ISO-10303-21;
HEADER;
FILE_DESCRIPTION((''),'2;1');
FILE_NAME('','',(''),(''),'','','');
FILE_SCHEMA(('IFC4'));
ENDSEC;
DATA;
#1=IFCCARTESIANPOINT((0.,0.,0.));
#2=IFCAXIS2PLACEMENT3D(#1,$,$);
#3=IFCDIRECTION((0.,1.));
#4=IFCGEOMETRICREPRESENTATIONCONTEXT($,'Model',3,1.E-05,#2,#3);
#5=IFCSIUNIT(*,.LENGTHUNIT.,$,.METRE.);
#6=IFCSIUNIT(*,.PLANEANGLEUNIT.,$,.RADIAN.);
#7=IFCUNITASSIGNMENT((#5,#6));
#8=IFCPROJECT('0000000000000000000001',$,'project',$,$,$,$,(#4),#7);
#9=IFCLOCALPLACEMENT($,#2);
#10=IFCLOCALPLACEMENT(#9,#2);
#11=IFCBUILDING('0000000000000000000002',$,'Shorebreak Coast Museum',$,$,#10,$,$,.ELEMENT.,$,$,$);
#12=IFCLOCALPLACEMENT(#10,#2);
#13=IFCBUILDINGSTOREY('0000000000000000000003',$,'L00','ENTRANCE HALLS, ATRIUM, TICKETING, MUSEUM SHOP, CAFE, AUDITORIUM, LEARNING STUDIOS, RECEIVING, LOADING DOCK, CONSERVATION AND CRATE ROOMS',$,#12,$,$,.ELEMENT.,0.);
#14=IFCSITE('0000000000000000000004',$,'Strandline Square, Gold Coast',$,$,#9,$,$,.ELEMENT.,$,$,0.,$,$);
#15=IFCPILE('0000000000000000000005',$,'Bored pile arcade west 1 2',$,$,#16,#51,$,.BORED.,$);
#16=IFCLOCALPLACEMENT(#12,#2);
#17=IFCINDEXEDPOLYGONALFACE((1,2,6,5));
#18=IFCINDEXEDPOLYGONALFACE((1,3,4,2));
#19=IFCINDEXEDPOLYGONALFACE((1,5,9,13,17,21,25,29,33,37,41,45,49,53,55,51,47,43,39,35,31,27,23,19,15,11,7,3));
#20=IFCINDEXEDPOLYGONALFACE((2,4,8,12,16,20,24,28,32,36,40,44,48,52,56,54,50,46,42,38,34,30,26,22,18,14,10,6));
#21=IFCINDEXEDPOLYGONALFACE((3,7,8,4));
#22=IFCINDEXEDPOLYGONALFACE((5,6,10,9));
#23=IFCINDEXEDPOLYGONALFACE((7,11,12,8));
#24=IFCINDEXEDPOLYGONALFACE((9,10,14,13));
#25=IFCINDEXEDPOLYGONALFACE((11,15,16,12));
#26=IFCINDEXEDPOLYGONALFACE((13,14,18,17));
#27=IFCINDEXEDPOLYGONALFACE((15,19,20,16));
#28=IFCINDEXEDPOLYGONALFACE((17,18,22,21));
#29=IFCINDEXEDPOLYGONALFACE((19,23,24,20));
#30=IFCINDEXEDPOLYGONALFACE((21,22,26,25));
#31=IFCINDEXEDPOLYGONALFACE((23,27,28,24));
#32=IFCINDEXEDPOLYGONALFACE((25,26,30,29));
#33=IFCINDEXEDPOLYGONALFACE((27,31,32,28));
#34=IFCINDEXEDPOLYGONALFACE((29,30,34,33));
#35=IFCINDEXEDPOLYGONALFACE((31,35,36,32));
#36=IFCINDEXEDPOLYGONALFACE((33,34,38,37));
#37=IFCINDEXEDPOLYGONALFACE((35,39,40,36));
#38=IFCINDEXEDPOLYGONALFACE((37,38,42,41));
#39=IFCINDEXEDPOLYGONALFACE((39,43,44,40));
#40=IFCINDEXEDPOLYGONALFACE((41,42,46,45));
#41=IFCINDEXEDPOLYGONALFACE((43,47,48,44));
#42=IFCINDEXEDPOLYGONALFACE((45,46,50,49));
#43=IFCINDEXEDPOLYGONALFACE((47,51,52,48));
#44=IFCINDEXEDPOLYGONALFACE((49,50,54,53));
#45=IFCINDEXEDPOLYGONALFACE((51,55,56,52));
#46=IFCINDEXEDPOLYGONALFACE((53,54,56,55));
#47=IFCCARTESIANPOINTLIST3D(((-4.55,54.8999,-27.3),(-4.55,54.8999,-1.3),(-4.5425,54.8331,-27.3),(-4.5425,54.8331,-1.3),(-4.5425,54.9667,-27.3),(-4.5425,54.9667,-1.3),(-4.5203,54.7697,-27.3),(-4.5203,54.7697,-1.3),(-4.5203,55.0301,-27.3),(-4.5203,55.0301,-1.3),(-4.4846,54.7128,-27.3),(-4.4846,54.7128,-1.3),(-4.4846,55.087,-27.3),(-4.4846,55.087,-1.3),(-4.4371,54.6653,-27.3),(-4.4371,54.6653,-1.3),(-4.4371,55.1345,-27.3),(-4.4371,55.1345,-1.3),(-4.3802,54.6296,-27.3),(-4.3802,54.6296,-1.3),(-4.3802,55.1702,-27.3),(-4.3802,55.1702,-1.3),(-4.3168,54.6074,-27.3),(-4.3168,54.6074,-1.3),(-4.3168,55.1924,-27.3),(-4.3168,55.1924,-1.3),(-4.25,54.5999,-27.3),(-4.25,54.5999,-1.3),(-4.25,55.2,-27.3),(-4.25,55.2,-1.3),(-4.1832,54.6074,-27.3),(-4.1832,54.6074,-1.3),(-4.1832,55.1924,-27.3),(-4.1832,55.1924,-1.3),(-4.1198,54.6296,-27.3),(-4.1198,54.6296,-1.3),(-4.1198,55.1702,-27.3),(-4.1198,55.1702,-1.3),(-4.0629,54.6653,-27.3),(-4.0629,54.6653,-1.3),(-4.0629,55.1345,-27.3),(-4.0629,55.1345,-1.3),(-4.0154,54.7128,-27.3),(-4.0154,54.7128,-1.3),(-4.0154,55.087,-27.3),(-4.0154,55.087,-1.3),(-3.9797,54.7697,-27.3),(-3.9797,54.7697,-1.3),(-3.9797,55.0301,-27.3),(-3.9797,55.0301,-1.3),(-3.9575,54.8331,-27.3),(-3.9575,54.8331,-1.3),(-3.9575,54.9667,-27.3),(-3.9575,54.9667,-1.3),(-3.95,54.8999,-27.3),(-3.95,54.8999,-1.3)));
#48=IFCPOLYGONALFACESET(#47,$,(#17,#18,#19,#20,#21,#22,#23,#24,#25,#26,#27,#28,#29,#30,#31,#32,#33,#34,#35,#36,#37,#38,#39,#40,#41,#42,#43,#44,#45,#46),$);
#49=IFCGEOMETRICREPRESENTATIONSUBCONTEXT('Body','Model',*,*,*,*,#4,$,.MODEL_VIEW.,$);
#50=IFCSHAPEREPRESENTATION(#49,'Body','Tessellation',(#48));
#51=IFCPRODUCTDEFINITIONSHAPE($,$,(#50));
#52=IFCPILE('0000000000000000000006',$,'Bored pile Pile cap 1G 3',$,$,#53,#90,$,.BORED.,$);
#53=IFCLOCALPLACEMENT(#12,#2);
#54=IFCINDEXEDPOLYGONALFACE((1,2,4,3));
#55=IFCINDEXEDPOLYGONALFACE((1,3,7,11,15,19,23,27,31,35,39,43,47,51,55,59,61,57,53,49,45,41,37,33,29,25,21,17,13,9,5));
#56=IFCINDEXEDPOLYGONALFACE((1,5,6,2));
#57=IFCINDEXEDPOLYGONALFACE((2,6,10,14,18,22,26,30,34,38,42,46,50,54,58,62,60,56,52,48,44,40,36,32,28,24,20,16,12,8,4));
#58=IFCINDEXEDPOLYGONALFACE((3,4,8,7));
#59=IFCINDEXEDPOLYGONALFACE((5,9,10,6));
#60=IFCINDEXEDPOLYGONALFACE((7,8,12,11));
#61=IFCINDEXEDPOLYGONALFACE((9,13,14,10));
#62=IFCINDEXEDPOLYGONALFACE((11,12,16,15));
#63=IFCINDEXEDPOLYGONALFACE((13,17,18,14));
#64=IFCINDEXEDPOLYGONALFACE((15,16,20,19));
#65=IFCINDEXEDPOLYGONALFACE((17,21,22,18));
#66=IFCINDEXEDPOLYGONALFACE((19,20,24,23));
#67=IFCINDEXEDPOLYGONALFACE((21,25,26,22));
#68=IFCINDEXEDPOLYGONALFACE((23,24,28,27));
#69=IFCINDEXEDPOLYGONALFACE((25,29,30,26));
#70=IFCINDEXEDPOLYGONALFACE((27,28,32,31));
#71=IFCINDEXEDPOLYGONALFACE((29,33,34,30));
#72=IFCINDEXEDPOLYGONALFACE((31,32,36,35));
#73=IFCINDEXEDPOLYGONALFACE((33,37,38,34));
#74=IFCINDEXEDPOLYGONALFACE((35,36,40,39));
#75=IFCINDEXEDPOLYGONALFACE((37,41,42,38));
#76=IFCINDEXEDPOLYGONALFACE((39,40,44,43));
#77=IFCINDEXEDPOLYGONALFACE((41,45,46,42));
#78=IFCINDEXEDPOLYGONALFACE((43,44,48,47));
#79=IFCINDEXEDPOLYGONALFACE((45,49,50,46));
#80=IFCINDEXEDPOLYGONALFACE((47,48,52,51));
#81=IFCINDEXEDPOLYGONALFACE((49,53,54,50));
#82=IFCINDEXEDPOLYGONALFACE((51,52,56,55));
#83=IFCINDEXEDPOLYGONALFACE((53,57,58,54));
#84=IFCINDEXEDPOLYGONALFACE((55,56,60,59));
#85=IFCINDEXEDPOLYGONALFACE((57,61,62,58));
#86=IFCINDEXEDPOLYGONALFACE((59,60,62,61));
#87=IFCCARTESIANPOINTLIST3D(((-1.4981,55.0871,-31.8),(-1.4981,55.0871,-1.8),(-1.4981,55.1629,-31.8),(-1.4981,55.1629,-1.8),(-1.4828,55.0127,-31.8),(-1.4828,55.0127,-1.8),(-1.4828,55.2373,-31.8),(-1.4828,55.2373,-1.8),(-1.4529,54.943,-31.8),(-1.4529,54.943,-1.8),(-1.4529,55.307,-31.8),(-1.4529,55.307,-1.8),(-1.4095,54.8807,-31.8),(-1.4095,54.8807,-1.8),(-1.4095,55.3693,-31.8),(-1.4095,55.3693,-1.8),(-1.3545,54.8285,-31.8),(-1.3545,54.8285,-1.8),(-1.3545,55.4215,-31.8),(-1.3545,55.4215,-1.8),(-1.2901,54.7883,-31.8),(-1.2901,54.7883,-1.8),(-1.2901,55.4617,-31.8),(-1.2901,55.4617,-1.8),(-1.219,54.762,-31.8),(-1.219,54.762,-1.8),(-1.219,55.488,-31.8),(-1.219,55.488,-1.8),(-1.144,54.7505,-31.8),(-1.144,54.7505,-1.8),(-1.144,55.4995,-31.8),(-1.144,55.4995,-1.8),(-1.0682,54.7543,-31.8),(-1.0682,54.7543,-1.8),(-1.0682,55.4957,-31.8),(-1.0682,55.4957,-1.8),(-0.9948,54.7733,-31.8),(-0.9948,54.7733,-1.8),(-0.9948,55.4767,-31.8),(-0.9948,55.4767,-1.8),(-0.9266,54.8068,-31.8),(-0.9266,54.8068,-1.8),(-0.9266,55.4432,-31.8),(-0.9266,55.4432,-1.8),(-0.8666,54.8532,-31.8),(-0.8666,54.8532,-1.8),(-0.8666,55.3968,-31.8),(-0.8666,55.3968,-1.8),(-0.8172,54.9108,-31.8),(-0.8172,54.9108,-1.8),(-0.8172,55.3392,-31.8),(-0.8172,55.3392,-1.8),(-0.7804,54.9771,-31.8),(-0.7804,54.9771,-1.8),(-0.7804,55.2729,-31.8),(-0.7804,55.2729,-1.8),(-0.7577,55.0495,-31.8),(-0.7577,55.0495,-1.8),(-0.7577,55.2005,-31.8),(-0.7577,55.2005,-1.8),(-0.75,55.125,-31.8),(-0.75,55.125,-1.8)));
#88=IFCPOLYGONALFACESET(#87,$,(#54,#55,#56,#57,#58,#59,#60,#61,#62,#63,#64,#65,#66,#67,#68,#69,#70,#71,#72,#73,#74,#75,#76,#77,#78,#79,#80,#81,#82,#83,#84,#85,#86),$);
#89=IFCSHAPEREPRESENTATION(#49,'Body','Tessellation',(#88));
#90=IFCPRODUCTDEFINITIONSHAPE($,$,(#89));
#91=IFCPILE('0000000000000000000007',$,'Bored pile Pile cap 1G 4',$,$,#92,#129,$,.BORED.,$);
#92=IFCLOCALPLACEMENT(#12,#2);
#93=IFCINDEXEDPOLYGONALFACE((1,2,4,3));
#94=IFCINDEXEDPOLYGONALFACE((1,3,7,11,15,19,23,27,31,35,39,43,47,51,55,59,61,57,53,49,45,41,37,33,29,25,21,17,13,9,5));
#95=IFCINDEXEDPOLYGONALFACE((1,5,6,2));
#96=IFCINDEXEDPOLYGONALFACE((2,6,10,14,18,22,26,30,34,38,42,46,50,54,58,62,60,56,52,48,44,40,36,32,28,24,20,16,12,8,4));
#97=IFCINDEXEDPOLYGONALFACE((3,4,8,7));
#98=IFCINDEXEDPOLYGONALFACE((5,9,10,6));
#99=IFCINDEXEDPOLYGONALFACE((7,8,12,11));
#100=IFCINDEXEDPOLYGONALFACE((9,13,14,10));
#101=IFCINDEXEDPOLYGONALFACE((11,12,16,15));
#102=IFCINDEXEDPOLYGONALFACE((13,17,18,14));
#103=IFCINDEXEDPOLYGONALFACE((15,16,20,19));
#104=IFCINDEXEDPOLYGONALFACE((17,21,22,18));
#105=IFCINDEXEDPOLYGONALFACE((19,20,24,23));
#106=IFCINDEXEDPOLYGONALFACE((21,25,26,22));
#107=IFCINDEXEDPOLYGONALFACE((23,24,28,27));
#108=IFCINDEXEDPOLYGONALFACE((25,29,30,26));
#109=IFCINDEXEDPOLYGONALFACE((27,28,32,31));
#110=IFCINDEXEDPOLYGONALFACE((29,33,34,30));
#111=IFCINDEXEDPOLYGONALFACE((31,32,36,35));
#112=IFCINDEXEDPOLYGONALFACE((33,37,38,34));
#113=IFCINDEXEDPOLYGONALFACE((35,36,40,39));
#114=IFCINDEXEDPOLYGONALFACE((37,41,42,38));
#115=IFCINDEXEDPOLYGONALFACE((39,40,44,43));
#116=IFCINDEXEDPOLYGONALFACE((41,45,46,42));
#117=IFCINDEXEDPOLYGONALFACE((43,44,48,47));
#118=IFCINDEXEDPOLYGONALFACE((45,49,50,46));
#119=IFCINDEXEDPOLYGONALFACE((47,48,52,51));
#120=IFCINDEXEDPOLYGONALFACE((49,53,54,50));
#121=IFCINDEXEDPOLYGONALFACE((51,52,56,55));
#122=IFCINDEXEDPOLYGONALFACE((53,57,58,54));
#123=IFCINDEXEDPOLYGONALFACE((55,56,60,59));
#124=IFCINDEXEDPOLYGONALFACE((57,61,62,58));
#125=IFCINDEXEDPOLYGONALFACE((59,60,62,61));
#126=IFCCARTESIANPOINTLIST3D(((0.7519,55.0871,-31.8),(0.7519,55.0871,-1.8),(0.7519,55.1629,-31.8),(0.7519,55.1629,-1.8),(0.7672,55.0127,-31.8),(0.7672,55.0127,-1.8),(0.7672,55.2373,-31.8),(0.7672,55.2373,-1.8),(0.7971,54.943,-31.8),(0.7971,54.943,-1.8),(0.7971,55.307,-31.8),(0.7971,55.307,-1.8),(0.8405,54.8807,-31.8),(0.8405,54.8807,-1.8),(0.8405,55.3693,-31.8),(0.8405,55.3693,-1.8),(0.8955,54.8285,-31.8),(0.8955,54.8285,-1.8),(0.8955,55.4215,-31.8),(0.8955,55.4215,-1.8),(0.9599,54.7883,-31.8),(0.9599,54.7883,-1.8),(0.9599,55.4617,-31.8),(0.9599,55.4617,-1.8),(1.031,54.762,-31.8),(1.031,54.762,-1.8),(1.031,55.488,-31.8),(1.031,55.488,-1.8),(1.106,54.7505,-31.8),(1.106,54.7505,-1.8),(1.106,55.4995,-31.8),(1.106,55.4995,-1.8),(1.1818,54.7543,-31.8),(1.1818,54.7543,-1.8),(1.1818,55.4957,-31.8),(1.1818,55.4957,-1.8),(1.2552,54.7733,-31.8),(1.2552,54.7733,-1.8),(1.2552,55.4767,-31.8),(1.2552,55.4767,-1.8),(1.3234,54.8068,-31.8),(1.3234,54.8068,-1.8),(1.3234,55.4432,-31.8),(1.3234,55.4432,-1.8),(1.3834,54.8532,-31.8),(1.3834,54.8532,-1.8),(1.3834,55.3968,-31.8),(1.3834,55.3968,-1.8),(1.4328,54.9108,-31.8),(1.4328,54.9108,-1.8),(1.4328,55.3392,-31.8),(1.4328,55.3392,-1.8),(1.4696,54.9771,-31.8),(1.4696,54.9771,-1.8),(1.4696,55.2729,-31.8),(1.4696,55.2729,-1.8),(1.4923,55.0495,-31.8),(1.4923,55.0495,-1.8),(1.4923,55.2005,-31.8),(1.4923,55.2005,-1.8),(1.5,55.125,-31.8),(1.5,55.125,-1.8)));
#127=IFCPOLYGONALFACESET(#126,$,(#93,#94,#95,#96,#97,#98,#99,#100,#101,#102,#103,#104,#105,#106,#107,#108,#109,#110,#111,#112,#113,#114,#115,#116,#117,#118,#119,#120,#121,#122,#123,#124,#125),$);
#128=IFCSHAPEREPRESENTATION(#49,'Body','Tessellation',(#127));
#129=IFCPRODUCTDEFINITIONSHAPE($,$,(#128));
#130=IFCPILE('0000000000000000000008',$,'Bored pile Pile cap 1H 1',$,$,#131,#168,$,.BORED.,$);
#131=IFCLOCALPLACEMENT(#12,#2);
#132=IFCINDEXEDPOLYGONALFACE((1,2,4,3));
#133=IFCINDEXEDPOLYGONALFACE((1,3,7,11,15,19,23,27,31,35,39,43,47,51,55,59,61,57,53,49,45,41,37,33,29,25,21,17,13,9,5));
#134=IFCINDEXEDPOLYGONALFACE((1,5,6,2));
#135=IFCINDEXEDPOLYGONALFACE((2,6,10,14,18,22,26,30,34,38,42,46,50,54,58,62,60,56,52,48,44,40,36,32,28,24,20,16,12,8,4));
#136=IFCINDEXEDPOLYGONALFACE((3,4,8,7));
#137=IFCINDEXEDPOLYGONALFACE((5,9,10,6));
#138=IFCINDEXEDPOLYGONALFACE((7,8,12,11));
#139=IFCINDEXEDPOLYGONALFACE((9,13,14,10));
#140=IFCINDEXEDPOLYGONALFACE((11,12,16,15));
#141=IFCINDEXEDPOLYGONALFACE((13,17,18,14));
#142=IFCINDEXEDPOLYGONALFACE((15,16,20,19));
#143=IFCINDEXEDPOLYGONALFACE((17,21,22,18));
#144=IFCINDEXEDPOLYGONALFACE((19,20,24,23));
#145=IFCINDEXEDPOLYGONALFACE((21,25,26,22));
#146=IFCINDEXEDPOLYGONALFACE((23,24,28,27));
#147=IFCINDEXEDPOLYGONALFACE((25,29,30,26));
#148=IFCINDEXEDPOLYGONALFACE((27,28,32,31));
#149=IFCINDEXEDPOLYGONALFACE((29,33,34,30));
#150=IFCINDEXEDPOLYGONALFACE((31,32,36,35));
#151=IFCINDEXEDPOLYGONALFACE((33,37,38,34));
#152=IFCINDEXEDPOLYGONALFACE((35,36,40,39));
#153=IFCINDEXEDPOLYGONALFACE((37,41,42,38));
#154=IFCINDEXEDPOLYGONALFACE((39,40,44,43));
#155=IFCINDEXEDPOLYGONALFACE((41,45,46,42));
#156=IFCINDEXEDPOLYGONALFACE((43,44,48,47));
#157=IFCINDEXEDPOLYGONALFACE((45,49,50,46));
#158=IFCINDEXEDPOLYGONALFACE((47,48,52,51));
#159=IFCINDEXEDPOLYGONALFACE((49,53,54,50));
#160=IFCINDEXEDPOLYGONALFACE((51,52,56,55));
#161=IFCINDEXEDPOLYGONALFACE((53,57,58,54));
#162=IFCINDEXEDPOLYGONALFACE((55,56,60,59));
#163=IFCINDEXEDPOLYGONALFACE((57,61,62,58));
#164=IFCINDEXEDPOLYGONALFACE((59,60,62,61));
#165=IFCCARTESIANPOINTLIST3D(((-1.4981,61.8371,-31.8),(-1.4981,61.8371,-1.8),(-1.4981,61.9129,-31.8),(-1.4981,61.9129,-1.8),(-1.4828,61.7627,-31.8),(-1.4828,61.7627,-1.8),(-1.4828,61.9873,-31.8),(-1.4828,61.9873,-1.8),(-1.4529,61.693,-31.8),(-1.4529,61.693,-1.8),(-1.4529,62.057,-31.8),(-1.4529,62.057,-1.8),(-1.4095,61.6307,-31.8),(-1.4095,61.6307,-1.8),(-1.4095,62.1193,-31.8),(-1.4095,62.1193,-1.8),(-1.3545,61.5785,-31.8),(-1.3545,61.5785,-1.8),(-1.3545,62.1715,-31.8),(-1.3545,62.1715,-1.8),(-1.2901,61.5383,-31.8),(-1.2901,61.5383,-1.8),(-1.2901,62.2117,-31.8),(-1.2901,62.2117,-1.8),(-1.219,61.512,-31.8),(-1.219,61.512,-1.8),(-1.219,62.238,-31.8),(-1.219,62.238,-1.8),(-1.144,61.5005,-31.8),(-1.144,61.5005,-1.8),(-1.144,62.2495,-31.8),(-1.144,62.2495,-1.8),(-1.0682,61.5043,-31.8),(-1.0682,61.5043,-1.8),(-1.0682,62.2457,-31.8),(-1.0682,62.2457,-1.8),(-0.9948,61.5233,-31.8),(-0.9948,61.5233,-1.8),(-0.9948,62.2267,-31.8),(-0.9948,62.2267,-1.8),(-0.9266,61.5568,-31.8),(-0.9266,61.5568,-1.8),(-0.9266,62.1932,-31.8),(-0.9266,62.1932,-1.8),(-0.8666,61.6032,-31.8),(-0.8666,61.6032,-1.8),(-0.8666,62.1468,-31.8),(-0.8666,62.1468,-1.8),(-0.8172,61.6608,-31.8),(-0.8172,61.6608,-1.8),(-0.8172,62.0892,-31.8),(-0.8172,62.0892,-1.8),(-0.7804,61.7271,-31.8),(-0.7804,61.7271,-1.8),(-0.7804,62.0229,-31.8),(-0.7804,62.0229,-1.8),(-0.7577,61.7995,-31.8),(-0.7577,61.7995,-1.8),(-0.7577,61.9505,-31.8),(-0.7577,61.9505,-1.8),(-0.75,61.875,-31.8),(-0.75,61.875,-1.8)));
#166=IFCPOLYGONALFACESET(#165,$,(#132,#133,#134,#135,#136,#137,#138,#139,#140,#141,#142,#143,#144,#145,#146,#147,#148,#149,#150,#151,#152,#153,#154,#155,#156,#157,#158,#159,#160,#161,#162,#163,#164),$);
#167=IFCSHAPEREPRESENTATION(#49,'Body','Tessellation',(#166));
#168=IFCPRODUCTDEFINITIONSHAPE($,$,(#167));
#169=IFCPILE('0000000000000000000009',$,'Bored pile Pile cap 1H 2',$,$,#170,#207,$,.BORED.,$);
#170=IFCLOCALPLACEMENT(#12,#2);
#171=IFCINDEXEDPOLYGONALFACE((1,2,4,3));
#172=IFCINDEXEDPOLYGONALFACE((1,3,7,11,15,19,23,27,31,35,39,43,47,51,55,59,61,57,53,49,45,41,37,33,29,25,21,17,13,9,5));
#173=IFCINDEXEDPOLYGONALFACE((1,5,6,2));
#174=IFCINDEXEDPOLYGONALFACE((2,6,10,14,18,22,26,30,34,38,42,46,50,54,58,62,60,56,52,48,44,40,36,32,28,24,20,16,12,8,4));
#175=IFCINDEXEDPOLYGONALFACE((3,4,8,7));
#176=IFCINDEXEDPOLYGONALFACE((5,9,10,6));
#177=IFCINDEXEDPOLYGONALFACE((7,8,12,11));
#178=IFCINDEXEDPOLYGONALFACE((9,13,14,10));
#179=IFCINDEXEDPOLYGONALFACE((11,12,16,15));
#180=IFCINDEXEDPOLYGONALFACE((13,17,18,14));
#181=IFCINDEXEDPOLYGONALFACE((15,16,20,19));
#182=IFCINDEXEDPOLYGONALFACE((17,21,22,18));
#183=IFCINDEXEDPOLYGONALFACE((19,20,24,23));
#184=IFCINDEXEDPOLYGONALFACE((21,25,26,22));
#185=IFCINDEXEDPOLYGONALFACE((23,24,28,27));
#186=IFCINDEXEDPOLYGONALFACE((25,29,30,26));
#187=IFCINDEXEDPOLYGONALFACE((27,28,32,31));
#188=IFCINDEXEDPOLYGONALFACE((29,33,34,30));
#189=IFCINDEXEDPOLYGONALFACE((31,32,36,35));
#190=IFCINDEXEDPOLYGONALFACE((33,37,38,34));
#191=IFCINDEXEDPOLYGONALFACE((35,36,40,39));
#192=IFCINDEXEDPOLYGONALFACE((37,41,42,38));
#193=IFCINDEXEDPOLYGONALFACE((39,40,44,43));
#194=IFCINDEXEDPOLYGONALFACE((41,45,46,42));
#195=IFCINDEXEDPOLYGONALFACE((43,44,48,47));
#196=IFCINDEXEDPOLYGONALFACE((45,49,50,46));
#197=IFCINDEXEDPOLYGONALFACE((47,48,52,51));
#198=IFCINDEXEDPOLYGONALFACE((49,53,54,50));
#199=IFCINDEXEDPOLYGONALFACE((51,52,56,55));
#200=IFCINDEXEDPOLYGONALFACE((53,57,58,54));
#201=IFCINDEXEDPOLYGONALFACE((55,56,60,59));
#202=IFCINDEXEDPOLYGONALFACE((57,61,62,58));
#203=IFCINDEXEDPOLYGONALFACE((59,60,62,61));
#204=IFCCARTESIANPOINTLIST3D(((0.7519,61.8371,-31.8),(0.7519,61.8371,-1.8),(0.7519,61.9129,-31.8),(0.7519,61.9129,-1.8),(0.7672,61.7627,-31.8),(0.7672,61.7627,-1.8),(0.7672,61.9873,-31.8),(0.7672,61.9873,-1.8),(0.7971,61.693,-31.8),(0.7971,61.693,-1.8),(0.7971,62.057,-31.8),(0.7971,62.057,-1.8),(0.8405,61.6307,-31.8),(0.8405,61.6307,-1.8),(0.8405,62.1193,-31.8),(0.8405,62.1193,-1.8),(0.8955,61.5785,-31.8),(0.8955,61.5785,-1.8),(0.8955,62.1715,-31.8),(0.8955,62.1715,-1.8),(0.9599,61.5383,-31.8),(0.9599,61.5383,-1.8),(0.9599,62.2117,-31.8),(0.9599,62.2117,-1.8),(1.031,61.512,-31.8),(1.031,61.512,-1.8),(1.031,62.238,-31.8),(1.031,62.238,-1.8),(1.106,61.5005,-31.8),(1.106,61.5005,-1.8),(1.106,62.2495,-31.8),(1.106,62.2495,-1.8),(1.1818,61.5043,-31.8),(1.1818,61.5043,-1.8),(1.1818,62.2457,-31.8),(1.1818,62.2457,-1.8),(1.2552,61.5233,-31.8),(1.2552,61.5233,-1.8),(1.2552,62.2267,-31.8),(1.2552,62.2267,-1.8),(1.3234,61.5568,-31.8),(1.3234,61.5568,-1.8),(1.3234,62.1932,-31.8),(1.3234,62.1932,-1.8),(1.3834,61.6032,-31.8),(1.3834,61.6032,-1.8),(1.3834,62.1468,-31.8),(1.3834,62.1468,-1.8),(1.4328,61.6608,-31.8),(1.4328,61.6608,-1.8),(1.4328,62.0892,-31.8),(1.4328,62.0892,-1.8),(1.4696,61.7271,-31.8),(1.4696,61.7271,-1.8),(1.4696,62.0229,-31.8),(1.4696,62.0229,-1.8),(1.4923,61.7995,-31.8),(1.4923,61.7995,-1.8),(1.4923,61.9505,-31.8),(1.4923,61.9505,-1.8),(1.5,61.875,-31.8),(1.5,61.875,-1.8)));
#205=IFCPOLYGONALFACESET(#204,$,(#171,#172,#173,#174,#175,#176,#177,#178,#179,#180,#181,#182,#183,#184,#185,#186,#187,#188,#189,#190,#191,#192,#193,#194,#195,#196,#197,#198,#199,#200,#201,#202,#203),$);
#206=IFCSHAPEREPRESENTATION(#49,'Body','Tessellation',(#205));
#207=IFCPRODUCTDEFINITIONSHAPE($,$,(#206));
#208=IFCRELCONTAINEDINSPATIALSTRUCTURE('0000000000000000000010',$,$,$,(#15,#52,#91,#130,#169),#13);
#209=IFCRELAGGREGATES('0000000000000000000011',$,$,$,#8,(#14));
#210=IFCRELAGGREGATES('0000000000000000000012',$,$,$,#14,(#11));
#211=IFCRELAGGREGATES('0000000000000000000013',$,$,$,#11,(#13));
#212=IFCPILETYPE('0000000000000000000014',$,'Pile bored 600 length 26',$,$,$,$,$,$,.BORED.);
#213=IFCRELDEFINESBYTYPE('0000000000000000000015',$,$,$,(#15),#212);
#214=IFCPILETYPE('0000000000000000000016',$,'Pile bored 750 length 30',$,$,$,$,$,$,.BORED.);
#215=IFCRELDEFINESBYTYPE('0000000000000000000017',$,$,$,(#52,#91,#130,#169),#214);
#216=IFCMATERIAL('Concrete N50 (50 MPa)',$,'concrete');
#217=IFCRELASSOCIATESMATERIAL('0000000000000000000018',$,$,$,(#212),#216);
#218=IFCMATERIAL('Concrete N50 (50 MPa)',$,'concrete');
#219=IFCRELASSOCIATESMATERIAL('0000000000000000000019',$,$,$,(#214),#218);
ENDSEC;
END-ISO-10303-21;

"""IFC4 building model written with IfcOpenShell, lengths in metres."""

from ifc_helpers import new_model, si_unit, direction, frame, origin, origin_2d, place, context, subcontext, project, spatial, circle, extrude, material, material_profile, profile_set, type_object, element, save


model = new_model("IFC4")

# Units and contexts
model_context = context("Model", 3, precision=1e-05, world=origin(), true_north=direction((0.0, 1.0)))
body_context = subcontext(model_context, "Body", "Model", "MODEL_VIEW")
ifc_project = project(units=[si_unit("LENGTHUNIT", "METRE"), si_unit("PLANEANGLEUNIT", "RADIAN")], contexts=[model_context])

# Site, building, storey
site_placement = place(None, origin())
site = spatial("IfcSite", under=ifc_project, at=site_placement, Name="Strandline Square, Gold Coast", CompositionType="ELEMENT", RefElevation=0.0)
building_placement = place(site_placement, origin())
building = spatial("IfcBuilding", under=site, at=building_placement, Name="Shorebreak Coast Museum", CompositionType="ELEMENT")
storey_placement = place(building_placement, origin())
storey = spatial("IfcBuildingStorey", under=building, at=storey_placement, Name="L00", Description="ENTRANCE HALLS, ATRIUM, TICKETING, MUSEUM SHOP, CAFE, AUDITORIUM, LEARNING STUDIOS, RECEIVING, LOADING DOCK, CONSERVATION AND CRATE ROOMS", CompositionType="ELEMENT", Elevation=0.0)

# Piles
ifc_material_1 = material(Name="Concrete N50 (50 MPa)", Category="concrete")
ifc_material_profile_1 = material_profile(ifc_material_1, circle(Radius=0.3, at=origin_2d()), Name="Pile bored 600 length 26")
ifc_profile_set_1 = profile_set([ifc_material_profile_1], Name="Concrete N50 (50 MPa)")
pile_type_1 = type_object("IfcPileType", Name="Pile bored 600 length 26", PredefinedType="BORED", material=ifc_profile_set_1)
for number, where, z_axis, x_axis, name in (
    (1, (-4.25, 54.8999, -1.3), (0.0, 0.0, -1.0), (1.0, 0.0, 0.0), "Bored pile arcade west 1 2"),
):
    element("IfcPile", number, at=place(storey_placement, frame(where, z_axis=z_axis, x_axis=x_axis)), inside=storey, type_object=pile_type_1, Name=name, PredefinedType="BORED", context=body_context, shape_type="SweptSolid", body=[
        extrude(circle(Radius=0.3, at=origin_2d()), origin(), (0.0, 0.0, 1.0), 26.0),
    ])
ifc_material_2 = material(Name="Concrete N50 (50 MPa)", Category="concrete")
ifc_material_profile_2 = material_profile(ifc_material_2, circle(Radius=0.375, at=origin_2d()), Name="Pile bored 750 length 30")
ifc_profile_set_2 = profile_set([ifc_material_profile_2], Name="Concrete N50 (50 MPa)")
pile_type_2 = type_object("IfcPileType", Name="Pile bored 750 length 30", PredefinedType="BORED", material=ifc_profile_set_2)
for number, where, z_axis, x_axis, name in (
    (2, (-1.125, 55.125, -1.8), (0.0, 0.0, -1.0), (1.0, 0.0, 0.0), "Bored pile Pile cap 1G 3"),
    (3, (1.125, 55.125, -1.8), (0.0, 0.0, -1.0), (1.0, 0.0, 0.0), "Bored pile Pile cap 1G 4"),
    (4, (-1.125, 61.875, -1.8), (0.0, 0.0, -1.0), (1.0, 0.0, 0.0), "Bored pile Pile cap 1H 1"),
    (5, (1.125, 61.875, -1.8), (0.0, 0.0, -1.0), (1.0, 0.0, 0.0), "Bored pile Pile cap 1H 2"),
):
    element("IfcPile", number, at=place(storey_placement, frame(where, z_axis=z_axis, x_axis=x_axis)), inside=storey, type_object=pile_type_2, Name=name, PredefinedType="BORED", context=body_context, shape_type="SweptSolid", body=[
        extrude(circle(Radius=0.375, at=origin_2d()), origin(), (0.0, 0.0, 1.0), 30.0),
    ])

save(model, "model.ifc")
